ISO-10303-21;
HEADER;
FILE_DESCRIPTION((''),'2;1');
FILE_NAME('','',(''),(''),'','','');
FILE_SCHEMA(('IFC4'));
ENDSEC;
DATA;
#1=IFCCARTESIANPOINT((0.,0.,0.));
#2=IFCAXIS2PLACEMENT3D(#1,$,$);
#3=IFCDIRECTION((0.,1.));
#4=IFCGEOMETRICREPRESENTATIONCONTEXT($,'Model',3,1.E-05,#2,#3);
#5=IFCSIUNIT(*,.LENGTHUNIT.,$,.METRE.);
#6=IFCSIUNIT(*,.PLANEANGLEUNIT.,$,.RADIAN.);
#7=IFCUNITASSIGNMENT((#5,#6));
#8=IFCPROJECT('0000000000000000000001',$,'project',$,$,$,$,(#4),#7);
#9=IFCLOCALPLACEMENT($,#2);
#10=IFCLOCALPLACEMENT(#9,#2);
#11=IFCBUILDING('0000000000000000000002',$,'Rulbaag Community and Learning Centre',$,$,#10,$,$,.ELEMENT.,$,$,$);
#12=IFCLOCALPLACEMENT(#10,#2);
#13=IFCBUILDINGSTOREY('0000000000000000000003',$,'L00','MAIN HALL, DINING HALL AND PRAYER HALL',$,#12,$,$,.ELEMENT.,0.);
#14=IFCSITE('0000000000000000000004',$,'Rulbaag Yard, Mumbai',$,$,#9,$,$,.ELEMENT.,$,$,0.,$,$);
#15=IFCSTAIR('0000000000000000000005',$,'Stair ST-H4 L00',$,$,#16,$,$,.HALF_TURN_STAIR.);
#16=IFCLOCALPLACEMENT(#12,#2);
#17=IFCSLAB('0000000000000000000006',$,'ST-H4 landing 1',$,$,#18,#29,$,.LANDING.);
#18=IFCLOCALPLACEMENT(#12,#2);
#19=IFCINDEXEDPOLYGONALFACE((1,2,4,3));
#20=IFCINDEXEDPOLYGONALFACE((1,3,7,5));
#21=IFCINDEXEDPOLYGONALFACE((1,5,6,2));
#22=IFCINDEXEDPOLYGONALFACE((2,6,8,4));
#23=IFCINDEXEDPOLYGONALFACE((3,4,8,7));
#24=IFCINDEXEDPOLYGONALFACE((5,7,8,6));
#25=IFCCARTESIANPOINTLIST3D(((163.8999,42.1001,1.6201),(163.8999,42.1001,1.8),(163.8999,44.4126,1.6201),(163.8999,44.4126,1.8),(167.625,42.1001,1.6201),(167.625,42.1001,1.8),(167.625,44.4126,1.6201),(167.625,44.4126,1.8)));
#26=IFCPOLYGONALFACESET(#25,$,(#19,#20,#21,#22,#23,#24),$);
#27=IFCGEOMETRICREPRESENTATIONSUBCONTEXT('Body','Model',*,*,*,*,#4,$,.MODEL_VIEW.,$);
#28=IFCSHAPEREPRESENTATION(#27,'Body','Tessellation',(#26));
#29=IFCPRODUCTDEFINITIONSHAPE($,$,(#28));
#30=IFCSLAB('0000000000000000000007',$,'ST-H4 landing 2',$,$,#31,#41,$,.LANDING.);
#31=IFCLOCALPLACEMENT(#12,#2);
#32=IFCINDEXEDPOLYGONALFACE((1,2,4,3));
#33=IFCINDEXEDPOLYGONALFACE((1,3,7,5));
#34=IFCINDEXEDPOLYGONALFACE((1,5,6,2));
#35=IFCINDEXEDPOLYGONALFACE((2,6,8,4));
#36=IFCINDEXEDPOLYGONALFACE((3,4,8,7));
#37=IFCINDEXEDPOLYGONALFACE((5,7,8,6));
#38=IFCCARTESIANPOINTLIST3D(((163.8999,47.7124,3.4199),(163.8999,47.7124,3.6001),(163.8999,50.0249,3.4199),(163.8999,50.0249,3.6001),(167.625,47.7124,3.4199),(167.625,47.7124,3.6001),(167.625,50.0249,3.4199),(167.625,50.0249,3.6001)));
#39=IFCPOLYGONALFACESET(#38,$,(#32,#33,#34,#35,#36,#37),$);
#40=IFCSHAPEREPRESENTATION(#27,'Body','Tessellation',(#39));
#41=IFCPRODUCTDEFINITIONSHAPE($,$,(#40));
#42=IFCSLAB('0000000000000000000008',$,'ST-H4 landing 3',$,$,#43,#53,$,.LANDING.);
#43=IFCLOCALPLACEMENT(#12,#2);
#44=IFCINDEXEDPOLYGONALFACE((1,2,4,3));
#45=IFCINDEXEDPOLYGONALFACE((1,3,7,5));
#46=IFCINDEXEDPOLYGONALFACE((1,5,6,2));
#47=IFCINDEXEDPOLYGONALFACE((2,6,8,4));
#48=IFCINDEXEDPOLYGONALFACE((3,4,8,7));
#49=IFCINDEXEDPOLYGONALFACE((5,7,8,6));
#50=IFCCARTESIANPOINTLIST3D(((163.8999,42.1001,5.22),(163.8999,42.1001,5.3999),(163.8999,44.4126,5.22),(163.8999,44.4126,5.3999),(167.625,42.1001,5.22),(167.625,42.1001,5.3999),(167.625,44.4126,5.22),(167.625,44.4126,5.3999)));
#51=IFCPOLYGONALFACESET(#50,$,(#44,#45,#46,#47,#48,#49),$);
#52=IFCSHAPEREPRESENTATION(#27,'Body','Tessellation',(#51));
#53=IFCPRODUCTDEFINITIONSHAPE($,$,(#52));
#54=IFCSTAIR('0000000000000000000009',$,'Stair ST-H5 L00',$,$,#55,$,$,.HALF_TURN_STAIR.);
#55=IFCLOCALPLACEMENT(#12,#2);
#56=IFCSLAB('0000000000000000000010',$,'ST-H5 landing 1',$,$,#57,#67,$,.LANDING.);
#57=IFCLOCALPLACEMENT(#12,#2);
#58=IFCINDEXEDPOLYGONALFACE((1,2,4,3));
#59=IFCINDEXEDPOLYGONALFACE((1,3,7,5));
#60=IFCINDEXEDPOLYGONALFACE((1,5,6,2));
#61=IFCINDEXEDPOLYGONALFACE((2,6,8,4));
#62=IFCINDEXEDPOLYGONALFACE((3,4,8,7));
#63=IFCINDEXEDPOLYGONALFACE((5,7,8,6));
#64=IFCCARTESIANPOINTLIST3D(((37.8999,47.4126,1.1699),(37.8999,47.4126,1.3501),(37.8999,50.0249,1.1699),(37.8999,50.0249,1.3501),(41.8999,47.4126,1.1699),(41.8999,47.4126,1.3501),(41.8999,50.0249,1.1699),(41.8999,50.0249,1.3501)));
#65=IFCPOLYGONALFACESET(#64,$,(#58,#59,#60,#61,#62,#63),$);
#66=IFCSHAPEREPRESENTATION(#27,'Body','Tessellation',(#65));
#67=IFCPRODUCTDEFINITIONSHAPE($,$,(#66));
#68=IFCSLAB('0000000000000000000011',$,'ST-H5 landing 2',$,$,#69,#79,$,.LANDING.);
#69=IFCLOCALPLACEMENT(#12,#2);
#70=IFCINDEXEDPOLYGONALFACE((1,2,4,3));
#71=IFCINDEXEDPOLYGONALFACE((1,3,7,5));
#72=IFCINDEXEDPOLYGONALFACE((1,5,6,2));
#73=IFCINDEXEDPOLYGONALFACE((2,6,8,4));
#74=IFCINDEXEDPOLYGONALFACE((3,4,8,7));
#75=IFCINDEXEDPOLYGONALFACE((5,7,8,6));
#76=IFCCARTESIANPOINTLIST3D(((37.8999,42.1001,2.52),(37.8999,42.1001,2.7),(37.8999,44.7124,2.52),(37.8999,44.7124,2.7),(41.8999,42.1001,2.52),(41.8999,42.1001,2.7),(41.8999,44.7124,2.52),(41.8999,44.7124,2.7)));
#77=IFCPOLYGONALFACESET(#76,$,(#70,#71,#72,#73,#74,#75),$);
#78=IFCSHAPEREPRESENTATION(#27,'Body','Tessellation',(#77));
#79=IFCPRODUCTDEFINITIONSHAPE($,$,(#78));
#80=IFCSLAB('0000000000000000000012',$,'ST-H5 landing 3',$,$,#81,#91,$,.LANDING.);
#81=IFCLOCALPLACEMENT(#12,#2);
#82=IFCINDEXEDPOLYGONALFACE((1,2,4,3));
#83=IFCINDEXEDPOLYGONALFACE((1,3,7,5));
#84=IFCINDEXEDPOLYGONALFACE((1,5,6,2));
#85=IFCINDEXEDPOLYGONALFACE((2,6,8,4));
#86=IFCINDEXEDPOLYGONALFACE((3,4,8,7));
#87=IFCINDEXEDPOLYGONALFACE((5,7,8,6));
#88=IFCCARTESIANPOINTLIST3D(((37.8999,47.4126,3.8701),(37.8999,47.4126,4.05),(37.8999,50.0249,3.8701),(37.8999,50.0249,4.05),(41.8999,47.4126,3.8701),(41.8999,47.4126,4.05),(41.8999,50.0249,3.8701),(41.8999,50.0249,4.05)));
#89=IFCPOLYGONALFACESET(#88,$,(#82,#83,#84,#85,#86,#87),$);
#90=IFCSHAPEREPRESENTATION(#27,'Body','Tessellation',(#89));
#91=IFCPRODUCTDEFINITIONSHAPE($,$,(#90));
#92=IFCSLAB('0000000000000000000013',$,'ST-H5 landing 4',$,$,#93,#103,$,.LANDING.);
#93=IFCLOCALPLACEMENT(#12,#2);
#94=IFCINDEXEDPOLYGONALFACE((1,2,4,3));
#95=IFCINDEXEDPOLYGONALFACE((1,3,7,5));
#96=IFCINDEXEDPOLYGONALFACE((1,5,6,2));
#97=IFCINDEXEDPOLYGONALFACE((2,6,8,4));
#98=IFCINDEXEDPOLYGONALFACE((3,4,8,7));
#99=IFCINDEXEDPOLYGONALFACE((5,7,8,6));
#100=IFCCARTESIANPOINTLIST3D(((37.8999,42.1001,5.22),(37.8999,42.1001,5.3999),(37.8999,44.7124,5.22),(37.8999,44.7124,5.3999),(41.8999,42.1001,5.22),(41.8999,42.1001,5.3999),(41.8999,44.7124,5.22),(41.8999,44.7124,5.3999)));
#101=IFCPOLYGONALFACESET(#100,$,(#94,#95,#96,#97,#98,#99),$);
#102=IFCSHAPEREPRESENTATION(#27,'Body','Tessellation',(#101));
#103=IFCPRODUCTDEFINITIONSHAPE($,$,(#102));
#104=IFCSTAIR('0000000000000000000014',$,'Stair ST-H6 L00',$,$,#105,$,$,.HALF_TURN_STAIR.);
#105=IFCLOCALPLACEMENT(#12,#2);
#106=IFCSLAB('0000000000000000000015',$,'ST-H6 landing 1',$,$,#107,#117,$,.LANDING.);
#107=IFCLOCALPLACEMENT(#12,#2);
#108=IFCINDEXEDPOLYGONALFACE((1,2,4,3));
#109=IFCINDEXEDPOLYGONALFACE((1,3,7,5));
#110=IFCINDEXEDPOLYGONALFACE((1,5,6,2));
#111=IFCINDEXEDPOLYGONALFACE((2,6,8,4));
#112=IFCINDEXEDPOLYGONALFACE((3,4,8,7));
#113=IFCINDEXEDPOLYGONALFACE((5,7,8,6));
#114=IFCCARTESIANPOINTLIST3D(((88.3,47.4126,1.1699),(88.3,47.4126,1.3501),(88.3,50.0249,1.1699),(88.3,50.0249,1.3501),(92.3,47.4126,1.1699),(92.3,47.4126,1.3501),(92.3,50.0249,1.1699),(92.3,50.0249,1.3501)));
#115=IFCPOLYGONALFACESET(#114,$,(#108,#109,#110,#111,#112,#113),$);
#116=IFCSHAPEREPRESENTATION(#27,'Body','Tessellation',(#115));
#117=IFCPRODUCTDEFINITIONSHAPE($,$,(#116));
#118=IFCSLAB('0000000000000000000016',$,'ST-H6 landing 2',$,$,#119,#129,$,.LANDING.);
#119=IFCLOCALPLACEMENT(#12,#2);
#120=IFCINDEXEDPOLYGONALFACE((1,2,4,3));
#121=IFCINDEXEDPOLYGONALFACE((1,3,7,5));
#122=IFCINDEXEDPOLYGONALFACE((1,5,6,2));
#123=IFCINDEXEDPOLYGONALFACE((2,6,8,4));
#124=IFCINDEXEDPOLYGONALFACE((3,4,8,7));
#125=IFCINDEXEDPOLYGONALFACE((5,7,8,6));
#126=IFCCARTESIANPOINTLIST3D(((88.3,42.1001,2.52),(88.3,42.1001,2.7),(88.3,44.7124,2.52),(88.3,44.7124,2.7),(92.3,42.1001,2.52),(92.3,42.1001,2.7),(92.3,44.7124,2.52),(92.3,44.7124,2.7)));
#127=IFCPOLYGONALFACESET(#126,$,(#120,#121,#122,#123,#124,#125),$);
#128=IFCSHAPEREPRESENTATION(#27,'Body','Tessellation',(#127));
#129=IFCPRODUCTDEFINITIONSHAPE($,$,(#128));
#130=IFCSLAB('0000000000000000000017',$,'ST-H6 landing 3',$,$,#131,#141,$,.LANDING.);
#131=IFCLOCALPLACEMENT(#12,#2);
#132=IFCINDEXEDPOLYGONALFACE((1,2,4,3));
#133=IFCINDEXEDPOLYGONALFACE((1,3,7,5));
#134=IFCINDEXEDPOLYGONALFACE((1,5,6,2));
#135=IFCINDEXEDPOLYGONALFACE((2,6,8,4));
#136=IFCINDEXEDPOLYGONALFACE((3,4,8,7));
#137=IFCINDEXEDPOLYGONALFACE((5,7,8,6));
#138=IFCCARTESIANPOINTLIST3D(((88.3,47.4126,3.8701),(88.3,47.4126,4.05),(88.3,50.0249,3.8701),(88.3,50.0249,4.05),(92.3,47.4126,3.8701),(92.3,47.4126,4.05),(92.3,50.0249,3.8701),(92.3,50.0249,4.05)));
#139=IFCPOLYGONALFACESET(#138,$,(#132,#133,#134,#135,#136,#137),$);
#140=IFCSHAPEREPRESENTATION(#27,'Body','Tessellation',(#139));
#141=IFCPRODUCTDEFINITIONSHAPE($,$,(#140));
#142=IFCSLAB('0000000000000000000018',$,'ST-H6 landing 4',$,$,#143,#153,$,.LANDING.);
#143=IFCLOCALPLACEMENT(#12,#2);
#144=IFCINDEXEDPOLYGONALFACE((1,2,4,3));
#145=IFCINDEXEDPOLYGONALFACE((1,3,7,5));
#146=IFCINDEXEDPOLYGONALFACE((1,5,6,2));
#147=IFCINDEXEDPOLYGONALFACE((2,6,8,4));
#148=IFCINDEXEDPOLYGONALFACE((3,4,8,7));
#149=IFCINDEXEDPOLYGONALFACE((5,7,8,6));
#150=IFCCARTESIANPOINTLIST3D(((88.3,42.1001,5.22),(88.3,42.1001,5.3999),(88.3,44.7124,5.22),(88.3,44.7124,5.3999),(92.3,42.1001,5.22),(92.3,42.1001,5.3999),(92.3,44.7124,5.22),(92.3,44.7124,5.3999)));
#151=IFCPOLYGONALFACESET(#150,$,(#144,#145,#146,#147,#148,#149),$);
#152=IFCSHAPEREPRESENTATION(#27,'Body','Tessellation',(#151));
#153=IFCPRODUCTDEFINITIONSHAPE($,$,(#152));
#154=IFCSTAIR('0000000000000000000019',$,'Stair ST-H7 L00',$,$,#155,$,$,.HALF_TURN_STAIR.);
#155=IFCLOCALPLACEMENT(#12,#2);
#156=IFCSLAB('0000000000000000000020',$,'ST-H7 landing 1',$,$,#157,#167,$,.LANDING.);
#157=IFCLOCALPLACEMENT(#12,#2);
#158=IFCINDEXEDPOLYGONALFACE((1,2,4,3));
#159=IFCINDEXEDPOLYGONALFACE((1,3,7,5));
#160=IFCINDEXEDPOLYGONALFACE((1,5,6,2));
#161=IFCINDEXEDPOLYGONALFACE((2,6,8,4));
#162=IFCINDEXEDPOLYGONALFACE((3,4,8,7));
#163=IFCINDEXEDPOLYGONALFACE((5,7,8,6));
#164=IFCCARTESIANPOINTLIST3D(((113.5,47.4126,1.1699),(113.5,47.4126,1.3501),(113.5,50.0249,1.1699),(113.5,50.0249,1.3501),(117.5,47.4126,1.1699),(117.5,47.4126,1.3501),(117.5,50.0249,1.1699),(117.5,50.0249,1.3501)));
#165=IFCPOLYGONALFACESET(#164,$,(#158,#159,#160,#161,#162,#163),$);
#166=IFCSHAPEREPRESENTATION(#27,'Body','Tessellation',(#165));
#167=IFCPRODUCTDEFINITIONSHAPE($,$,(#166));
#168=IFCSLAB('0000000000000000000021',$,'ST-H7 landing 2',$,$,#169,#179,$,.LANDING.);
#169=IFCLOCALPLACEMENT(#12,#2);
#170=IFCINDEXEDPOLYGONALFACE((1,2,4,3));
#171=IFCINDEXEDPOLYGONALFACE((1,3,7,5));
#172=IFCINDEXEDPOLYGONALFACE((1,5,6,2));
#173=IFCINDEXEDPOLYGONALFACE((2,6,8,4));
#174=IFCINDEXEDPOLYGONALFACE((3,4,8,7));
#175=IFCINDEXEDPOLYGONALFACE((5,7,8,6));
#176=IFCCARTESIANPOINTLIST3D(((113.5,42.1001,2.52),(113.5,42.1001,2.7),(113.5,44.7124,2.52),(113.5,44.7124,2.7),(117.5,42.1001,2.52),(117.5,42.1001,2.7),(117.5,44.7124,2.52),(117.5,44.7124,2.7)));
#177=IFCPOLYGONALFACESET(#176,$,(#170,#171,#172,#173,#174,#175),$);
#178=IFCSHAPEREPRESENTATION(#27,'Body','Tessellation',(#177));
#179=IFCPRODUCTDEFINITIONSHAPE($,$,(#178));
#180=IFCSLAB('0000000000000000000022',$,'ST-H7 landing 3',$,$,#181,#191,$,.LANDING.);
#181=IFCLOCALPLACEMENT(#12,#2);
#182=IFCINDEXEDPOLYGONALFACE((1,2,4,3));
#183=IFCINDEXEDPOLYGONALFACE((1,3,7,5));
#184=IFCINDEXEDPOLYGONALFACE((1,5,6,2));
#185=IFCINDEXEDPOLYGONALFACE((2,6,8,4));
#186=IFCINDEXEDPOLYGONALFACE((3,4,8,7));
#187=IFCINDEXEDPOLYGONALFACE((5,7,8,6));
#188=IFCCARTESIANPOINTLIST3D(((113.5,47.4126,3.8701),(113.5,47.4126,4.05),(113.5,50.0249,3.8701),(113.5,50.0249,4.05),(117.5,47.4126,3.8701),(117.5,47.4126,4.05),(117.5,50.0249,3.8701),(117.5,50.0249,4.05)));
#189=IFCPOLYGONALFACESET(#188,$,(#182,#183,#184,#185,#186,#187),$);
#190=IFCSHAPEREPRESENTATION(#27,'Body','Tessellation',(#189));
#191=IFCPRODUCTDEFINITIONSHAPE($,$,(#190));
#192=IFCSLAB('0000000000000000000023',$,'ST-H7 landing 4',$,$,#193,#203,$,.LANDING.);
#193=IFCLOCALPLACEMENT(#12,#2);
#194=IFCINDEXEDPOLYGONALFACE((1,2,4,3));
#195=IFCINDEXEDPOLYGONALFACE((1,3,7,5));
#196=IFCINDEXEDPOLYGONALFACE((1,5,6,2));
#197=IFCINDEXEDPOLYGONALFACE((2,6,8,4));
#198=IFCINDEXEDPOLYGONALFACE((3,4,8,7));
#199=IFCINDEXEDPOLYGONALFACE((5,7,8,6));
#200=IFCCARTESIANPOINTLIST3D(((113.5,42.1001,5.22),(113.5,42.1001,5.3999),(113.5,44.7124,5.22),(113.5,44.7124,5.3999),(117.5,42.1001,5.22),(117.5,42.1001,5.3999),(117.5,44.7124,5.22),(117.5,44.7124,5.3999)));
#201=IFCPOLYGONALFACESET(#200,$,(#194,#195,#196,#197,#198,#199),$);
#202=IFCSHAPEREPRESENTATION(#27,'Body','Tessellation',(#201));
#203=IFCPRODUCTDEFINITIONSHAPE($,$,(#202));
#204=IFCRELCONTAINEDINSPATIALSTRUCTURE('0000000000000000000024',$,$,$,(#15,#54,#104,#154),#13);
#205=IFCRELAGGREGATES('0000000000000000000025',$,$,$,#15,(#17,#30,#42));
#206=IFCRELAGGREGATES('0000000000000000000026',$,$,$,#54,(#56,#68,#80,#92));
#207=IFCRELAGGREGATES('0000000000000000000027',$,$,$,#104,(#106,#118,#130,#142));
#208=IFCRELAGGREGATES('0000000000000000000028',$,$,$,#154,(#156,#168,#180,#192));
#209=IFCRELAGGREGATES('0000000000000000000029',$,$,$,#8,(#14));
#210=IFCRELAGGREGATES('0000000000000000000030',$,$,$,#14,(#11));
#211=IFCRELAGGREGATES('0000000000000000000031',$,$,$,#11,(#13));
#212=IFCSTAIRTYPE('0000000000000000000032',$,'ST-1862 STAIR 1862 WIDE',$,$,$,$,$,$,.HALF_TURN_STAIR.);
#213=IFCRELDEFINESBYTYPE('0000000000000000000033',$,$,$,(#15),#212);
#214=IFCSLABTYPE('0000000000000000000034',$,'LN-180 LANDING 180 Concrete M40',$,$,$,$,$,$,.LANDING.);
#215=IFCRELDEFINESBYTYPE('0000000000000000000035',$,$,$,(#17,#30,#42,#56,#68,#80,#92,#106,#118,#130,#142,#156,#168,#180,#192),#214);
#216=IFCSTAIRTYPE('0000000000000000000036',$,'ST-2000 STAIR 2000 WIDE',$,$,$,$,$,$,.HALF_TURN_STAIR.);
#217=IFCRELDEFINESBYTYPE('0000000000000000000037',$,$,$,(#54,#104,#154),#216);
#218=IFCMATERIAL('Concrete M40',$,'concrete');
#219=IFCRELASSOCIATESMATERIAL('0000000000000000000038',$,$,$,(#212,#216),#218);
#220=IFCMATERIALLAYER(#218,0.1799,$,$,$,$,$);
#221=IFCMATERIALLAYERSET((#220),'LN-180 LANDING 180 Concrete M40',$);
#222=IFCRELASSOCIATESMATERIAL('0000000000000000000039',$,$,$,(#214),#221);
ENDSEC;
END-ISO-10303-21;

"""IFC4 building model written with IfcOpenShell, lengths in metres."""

from ifc_helpers import new_model, si_unit, direction, frame, origin, place, context, subcontext, project, spatial, polyline, outline, extrude, material, layer, layer_set, type_object, element, aggregate, save


model = new_model("IFC4")

# Units and contexts
model_context = context("Model", 3, precision=1e-05, world=origin(), true_north=direction((0.0, 1.0)))
body_context = subcontext(model_context, "Body", "Model", "MODEL_VIEW")
ifc_project = project(units=[si_unit("LENGTHUNIT", "METRE"), si_unit("PLANEANGLEUNIT", "RADIAN")], contexts=[model_context])

# Site, building, storey
site_placement = place(None, origin())
site = spatial("IfcSite", under=ifc_project, at=site_placement, Name="Rulbaag Yard, Mumbai", CompositionType="ELEMENT", RefElevation=0.0)
building_placement = place(site_placement, origin())
building = spatial("IfcBuilding", under=site, at=building_placement, Name="Rulbaag Community and Learning Centre", CompositionType="ELEMENT")
storey_placement = place(building_placement, origin())
storey = spatial("IfcBuildingStorey", under=building, at=storey_placement, Name="L00", Description="MAIN HALL, DINING HALL AND PRAYER HALL", CompositionType="ELEMENT", Elevation=0.0)

# Stairs, slabs
ifc_material = material(Name="Concrete M40", Category="concrete")
stair_type_1 = type_object("IfcStairType", Name="ST-1862 STAIR 1862 WIDE", PredefinedType="HALF_TURN_STAIR", material=ifc_material)
stair_1_placement = place(storey_placement, origin())
stair_1 = element("IfcStair", 1, at=stair_1_placement, inside=storey, type_object=stair_type_1, Name="Stair ST-H4 L00", PredefinedType="HALF_TURN_STAIR")
ifc_layer = layer(ifc_material, 0.1799)
ifc_layer_set = layer_set([ifc_layer], Name="LN-180 LANDING 180 Concrete M40")
slab_type = type_object("IfcSlabType", Name="LN-180 LANDING 180 Concrete M40", PredefinedType="LANDING", material=ifc_layer_set)
slab_1_placement = place(storey_placement, frame((0.0, 0.0, 1.6201)))
slab_1 = element("IfcSlab", 2, at=slab_1_placement, type_object=slab_type, Name="ST-H4 landing 1", PredefinedType="LANDING", context=body_context, shape_type="SweptSolid", body=[
    extrude(outline(polyline([(163.8999, 42.1001), (163.8999, 44.4126), (167.625, 44.4126), (167.625, 42.1001), (163.8999, 42.1001)])), origin(), (0.0, 0.0, 1.0), 0.1799),
])
slab_2_placement = place(storey_placement, frame((0.0, 0.0, 3.4199)))
slab_2 = element("IfcSlab", 3, at=slab_2_placement, type_object=slab_type, Name="ST-H4 landing 2", PredefinedType="LANDING", context=body_context, shape_type="SweptSolid", body=[
    extrude(outline(polyline([(163.8999, 47.7124), (163.8999, 50.0249), (167.625, 50.0249), (167.625, 47.7124), (163.8999, 47.7124)])), origin(), (0.0, 0.0, 1.0), 0.1802),
])
slab_3_placement = place(storey_placement, frame((0.0, 0.0, 5.22)))
slab_3 = element("IfcSlab", 4, at=slab_3_placement, type_object=slab_type, Name="ST-H4 landing 3", PredefinedType="LANDING", context=body_context, shape_type="SweptSolid", body=[
    extrude(outline(polyline([(163.8999, 42.1001), (163.8999, 44.4126), (167.625, 44.4126), (167.625, 42.1001), (163.8999, 42.1001)])), origin(), (0.0, 0.0, 1.0), 0.1799),
])
aggregate(stair_1, [slab_1, slab_2, slab_3])
stair_type_2 = type_object("IfcStairType", Name="ST-2000 STAIR 2000 WIDE", PredefinedType="HALF_TURN_STAIR", material=ifc_material)
stair_2_placement = place(storey_placement, origin())
stair_2 = element("IfcStair", 5, at=stair_2_placement, inside=storey, type_object=stair_type_2, Name="Stair ST-H5 L00", PredefinedType="HALF_TURN_STAIR")
slab_4_placement = place(storey_placement, frame((0.0, 0.0, 1.1699)))
slab_4 = element("IfcSlab", 6, at=slab_4_placement, type_object=slab_type, Name="ST-H5 landing 1", PredefinedType="LANDING", context=body_context, shape_type="SweptSolid", body=[
    extrude(outline(polyline([(37.8999, 47.4126), (37.8999, 50.0249), (41.8999, 50.0249), (41.8999, 47.4126), (37.8999, 47.4126)])), origin(), (0.0, 0.0, 1.0), 0.1802),
])
slab_5_placement = place(storey_placement, frame((0.0, 0.0, 2.52)))
slab_5 = element("IfcSlab", 7, at=slab_5_placement, type_object=slab_type, Name="ST-H5 landing 2", PredefinedType="LANDING", context=body_context, shape_type="SweptSolid", body=[
    extrude(outline(polyline([(37.8999, 42.1001), (37.8999, 44.7124), (41.8999, 44.7124), (41.8999, 42.1001), (37.8999, 42.1001)])), origin(), (0.0, 0.0, 1.0), 0.1799),
])
slab_6_placement = place(storey_placement, frame((0.0, 0.0, 3.8701)))
slab_6 = element("IfcSlab", 8, at=slab_6_placement, type_object=slab_type, Name="ST-H5 landing 3", PredefinedType="LANDING", context=body_context, shape_type="SweptSolid", body=[
    extrude(outline(polyline([(37.8999, 47.4126), (37.8999, 50.0249), (41.8999, 50.0249), (41.8999, 47.4126), (37.8999, 47.4126)])), origin(), (0.0, 0.0, 1.0), 0.1799),
])
slab_7_placement = place(storey_placement, frame((0.0, 0.0, 5.22)))
slab_7 = element("IfcSlab", 9, at=slab_7_placement, type_object=slab_type, Name="ST-H5 landing 4", PredefinedType="LANDING", context=body_context, shape_type="SweptSolid", body=[
    extrude(outline(polyline([(37.8999, 42.1001), (37.8999, 44.7124), (41.8999, 44.7124), (41.8999, 42.1001), (37.8999, 42.1001)])), origin(), (0.0, 0.0, 1.0), 0.1799),
])
aggregate(stair_2, [slab_4, slab_5, slab_6, slab_7])
stair_3_placement = place(storey_placement, origin())
stair_3 = element("IfcStair", 10, at=stair_3_placement, inside=storey, type_object=stair_type_2, Name="Stair ST-H6 L00", PredefinedType="HALF_TURN_STAIR")
slab_8_placement = place(storey_placement, frame((0.0, 0.0, 1.1699)))
slab_8 = element("IfcSlab", 11, at=slab_8_placement, type_object=slab_type, Name="ST-H6 landing 1", PredefinedType="LANDING", context=body_context, shape_type="SweptSolid", body=[
    extrude(outline(polyline([(88.3, 47.4126), (88.3, 50.0249), (92.3, 50.0249), (92.3, 47.4126), (88.3, 47.4126)])), origin(), (0.0, 0.0, 1.0), 0.1802),
])
slab_9_placement = place(storey_placement, frame((0.0, 0.0, 2.52)))
slab_9 = element("IfcSlab", 12, at=slab_9_placement, type_object=slab_type, Name="ST-H6 landing 2", PredefinedType="LANDING", context=body_context, shape_type="SweptSolid", body=[
    extrude(outline(polyline([(88.3, 42.1001), (88.3, 44.7124), (92.3, 44.7124), (92.3, 42.1001), (88.3, 42.1001)])), origin(), (0.0, 0.0, 1.0), 0.1799),
])
slab_10_placement = place(storey_placement, frame((0.0, 0.0, 3.8701)))
slab_10 = element("IfcSlab", 13, at=slab_10_placement, type_object=slab_type, Name="ST-H6 landing 3", PredefinedType="LANDING", context=body_context, shape_type="SweptSolid", body=[
    extrude(outline(polyline([(88.3, 47.4126), (88.3, 50.0249), (92.3, 50.0249), (92.3, 47.4126), (88.3, 47.4126)])), origin(), (0.0, 0.0, 1.0), 0.1799),
])
slab_11_placement = place(storey_placement, frame((0.0, 0.0, 5.22)))
slab_11 = element("IfcSlab", 14, at=slab_11_placement, type_object=slab_type, Name="ST-H6 landing 4", PredefinedType="LANDING", context=body_context, shape_type="SweptSolid", body=[
    extrude(outline(polyline([(88.3, 42.1001), (88.3, 44.7124), (92.3, 44.7124), (92.3, 42.1001), (88.3, 42.1001)])), origin(), (0.0, 0.0, 1.0), 0.1799),
])
aggregate(stair_3, [slab_8, slab_9, slab_10, slab_11])
stair_4_placement = place(storey_placement, origin())
stair_4 = element("IfcStair", 15, at=stair_4_placement, inside=storey, type_object=stair_type_2, Name="Stair ST-H7 L00", PredefinedType="HALF_TURN_STAIR")
slab_12_placement = place(storey_placement, frame((0.0, 0.0, 1.1699)))
slab_12 = element("IfcSlab", 16, at=slab_12_placement, type_object=slab_type, Name="ST-H7 landing 1", PredefinedType="LANDING", context=body_context, shape_type="SweptSolid", body=[
    extrude(outline(polyline([(113.5, 47.4126), (113.5, 50.0249), (117.5, 50.0249), (117.5, 47.4126), (113.5, 47.4126)])), origin(), (0.0, 0.0, 1.0), 0.1802),
])
slab_13_placement = place(storey_placement, frame((0.0, 0.0, 2.52)))
slab_13 = element("IfcSlab", 17, at=slab_13_placement, type_object=slab_type, Name="ST-H7 landing 2", PredefinedType="LANDING", context=body_context, shape_type="SweptSolid", body=[
    extrude(outline(polyline([(113.5, 42.1001), (113.5, 44.7124), (117.5, 44.7124), (117.5, 42.1001), (113.5, 42.1001)])), origin(), (0.0, 0.0, 1.0), 0.1799),
])
slab_14_placement = place(storey_placement, frame((0.0, 0.0, 3.8701)))
slab_14 = element("IfcSlab", 18, at=slab_14_placement, type_object=slab_type, Name="ST-H7 landing 3", PredefinedType="LANDING", context=body_context, shape_type="SweptSolid", body=[
    extrude(outline(polyline([(113.5, 47.4126), (113.5, 50.0249), (117.5, 50.0249), (117.5, 47.4126), (113.5, 47.4126)])), origin(), (0.0, 0.0, 1.0), 0.1799),
])
slab_15_placement = place(storey_placement, frame((0.0, 0.0, 5.22)))
slab_15 = element("IfcSlab", 19, at=slab_15_placement, type_object=slab_type, Name="ST-H7 landing 4", PredefinedType="LANDING", context=body_context, shape_type="SweptSolid", body=[
    extrude(outline(polyline([(113.5, 42.1001), (113.5, 44.7124), (117.5, 44.7124), (117.5, 42.1001), (113.5, 42.1001)])), origin(), (0.0, 0.0, 1.0), 0.1799),
])
aggregate(stair_4, [slab_12, slab_13, slab_14, slab_15])

save(model, "model.ifc")
